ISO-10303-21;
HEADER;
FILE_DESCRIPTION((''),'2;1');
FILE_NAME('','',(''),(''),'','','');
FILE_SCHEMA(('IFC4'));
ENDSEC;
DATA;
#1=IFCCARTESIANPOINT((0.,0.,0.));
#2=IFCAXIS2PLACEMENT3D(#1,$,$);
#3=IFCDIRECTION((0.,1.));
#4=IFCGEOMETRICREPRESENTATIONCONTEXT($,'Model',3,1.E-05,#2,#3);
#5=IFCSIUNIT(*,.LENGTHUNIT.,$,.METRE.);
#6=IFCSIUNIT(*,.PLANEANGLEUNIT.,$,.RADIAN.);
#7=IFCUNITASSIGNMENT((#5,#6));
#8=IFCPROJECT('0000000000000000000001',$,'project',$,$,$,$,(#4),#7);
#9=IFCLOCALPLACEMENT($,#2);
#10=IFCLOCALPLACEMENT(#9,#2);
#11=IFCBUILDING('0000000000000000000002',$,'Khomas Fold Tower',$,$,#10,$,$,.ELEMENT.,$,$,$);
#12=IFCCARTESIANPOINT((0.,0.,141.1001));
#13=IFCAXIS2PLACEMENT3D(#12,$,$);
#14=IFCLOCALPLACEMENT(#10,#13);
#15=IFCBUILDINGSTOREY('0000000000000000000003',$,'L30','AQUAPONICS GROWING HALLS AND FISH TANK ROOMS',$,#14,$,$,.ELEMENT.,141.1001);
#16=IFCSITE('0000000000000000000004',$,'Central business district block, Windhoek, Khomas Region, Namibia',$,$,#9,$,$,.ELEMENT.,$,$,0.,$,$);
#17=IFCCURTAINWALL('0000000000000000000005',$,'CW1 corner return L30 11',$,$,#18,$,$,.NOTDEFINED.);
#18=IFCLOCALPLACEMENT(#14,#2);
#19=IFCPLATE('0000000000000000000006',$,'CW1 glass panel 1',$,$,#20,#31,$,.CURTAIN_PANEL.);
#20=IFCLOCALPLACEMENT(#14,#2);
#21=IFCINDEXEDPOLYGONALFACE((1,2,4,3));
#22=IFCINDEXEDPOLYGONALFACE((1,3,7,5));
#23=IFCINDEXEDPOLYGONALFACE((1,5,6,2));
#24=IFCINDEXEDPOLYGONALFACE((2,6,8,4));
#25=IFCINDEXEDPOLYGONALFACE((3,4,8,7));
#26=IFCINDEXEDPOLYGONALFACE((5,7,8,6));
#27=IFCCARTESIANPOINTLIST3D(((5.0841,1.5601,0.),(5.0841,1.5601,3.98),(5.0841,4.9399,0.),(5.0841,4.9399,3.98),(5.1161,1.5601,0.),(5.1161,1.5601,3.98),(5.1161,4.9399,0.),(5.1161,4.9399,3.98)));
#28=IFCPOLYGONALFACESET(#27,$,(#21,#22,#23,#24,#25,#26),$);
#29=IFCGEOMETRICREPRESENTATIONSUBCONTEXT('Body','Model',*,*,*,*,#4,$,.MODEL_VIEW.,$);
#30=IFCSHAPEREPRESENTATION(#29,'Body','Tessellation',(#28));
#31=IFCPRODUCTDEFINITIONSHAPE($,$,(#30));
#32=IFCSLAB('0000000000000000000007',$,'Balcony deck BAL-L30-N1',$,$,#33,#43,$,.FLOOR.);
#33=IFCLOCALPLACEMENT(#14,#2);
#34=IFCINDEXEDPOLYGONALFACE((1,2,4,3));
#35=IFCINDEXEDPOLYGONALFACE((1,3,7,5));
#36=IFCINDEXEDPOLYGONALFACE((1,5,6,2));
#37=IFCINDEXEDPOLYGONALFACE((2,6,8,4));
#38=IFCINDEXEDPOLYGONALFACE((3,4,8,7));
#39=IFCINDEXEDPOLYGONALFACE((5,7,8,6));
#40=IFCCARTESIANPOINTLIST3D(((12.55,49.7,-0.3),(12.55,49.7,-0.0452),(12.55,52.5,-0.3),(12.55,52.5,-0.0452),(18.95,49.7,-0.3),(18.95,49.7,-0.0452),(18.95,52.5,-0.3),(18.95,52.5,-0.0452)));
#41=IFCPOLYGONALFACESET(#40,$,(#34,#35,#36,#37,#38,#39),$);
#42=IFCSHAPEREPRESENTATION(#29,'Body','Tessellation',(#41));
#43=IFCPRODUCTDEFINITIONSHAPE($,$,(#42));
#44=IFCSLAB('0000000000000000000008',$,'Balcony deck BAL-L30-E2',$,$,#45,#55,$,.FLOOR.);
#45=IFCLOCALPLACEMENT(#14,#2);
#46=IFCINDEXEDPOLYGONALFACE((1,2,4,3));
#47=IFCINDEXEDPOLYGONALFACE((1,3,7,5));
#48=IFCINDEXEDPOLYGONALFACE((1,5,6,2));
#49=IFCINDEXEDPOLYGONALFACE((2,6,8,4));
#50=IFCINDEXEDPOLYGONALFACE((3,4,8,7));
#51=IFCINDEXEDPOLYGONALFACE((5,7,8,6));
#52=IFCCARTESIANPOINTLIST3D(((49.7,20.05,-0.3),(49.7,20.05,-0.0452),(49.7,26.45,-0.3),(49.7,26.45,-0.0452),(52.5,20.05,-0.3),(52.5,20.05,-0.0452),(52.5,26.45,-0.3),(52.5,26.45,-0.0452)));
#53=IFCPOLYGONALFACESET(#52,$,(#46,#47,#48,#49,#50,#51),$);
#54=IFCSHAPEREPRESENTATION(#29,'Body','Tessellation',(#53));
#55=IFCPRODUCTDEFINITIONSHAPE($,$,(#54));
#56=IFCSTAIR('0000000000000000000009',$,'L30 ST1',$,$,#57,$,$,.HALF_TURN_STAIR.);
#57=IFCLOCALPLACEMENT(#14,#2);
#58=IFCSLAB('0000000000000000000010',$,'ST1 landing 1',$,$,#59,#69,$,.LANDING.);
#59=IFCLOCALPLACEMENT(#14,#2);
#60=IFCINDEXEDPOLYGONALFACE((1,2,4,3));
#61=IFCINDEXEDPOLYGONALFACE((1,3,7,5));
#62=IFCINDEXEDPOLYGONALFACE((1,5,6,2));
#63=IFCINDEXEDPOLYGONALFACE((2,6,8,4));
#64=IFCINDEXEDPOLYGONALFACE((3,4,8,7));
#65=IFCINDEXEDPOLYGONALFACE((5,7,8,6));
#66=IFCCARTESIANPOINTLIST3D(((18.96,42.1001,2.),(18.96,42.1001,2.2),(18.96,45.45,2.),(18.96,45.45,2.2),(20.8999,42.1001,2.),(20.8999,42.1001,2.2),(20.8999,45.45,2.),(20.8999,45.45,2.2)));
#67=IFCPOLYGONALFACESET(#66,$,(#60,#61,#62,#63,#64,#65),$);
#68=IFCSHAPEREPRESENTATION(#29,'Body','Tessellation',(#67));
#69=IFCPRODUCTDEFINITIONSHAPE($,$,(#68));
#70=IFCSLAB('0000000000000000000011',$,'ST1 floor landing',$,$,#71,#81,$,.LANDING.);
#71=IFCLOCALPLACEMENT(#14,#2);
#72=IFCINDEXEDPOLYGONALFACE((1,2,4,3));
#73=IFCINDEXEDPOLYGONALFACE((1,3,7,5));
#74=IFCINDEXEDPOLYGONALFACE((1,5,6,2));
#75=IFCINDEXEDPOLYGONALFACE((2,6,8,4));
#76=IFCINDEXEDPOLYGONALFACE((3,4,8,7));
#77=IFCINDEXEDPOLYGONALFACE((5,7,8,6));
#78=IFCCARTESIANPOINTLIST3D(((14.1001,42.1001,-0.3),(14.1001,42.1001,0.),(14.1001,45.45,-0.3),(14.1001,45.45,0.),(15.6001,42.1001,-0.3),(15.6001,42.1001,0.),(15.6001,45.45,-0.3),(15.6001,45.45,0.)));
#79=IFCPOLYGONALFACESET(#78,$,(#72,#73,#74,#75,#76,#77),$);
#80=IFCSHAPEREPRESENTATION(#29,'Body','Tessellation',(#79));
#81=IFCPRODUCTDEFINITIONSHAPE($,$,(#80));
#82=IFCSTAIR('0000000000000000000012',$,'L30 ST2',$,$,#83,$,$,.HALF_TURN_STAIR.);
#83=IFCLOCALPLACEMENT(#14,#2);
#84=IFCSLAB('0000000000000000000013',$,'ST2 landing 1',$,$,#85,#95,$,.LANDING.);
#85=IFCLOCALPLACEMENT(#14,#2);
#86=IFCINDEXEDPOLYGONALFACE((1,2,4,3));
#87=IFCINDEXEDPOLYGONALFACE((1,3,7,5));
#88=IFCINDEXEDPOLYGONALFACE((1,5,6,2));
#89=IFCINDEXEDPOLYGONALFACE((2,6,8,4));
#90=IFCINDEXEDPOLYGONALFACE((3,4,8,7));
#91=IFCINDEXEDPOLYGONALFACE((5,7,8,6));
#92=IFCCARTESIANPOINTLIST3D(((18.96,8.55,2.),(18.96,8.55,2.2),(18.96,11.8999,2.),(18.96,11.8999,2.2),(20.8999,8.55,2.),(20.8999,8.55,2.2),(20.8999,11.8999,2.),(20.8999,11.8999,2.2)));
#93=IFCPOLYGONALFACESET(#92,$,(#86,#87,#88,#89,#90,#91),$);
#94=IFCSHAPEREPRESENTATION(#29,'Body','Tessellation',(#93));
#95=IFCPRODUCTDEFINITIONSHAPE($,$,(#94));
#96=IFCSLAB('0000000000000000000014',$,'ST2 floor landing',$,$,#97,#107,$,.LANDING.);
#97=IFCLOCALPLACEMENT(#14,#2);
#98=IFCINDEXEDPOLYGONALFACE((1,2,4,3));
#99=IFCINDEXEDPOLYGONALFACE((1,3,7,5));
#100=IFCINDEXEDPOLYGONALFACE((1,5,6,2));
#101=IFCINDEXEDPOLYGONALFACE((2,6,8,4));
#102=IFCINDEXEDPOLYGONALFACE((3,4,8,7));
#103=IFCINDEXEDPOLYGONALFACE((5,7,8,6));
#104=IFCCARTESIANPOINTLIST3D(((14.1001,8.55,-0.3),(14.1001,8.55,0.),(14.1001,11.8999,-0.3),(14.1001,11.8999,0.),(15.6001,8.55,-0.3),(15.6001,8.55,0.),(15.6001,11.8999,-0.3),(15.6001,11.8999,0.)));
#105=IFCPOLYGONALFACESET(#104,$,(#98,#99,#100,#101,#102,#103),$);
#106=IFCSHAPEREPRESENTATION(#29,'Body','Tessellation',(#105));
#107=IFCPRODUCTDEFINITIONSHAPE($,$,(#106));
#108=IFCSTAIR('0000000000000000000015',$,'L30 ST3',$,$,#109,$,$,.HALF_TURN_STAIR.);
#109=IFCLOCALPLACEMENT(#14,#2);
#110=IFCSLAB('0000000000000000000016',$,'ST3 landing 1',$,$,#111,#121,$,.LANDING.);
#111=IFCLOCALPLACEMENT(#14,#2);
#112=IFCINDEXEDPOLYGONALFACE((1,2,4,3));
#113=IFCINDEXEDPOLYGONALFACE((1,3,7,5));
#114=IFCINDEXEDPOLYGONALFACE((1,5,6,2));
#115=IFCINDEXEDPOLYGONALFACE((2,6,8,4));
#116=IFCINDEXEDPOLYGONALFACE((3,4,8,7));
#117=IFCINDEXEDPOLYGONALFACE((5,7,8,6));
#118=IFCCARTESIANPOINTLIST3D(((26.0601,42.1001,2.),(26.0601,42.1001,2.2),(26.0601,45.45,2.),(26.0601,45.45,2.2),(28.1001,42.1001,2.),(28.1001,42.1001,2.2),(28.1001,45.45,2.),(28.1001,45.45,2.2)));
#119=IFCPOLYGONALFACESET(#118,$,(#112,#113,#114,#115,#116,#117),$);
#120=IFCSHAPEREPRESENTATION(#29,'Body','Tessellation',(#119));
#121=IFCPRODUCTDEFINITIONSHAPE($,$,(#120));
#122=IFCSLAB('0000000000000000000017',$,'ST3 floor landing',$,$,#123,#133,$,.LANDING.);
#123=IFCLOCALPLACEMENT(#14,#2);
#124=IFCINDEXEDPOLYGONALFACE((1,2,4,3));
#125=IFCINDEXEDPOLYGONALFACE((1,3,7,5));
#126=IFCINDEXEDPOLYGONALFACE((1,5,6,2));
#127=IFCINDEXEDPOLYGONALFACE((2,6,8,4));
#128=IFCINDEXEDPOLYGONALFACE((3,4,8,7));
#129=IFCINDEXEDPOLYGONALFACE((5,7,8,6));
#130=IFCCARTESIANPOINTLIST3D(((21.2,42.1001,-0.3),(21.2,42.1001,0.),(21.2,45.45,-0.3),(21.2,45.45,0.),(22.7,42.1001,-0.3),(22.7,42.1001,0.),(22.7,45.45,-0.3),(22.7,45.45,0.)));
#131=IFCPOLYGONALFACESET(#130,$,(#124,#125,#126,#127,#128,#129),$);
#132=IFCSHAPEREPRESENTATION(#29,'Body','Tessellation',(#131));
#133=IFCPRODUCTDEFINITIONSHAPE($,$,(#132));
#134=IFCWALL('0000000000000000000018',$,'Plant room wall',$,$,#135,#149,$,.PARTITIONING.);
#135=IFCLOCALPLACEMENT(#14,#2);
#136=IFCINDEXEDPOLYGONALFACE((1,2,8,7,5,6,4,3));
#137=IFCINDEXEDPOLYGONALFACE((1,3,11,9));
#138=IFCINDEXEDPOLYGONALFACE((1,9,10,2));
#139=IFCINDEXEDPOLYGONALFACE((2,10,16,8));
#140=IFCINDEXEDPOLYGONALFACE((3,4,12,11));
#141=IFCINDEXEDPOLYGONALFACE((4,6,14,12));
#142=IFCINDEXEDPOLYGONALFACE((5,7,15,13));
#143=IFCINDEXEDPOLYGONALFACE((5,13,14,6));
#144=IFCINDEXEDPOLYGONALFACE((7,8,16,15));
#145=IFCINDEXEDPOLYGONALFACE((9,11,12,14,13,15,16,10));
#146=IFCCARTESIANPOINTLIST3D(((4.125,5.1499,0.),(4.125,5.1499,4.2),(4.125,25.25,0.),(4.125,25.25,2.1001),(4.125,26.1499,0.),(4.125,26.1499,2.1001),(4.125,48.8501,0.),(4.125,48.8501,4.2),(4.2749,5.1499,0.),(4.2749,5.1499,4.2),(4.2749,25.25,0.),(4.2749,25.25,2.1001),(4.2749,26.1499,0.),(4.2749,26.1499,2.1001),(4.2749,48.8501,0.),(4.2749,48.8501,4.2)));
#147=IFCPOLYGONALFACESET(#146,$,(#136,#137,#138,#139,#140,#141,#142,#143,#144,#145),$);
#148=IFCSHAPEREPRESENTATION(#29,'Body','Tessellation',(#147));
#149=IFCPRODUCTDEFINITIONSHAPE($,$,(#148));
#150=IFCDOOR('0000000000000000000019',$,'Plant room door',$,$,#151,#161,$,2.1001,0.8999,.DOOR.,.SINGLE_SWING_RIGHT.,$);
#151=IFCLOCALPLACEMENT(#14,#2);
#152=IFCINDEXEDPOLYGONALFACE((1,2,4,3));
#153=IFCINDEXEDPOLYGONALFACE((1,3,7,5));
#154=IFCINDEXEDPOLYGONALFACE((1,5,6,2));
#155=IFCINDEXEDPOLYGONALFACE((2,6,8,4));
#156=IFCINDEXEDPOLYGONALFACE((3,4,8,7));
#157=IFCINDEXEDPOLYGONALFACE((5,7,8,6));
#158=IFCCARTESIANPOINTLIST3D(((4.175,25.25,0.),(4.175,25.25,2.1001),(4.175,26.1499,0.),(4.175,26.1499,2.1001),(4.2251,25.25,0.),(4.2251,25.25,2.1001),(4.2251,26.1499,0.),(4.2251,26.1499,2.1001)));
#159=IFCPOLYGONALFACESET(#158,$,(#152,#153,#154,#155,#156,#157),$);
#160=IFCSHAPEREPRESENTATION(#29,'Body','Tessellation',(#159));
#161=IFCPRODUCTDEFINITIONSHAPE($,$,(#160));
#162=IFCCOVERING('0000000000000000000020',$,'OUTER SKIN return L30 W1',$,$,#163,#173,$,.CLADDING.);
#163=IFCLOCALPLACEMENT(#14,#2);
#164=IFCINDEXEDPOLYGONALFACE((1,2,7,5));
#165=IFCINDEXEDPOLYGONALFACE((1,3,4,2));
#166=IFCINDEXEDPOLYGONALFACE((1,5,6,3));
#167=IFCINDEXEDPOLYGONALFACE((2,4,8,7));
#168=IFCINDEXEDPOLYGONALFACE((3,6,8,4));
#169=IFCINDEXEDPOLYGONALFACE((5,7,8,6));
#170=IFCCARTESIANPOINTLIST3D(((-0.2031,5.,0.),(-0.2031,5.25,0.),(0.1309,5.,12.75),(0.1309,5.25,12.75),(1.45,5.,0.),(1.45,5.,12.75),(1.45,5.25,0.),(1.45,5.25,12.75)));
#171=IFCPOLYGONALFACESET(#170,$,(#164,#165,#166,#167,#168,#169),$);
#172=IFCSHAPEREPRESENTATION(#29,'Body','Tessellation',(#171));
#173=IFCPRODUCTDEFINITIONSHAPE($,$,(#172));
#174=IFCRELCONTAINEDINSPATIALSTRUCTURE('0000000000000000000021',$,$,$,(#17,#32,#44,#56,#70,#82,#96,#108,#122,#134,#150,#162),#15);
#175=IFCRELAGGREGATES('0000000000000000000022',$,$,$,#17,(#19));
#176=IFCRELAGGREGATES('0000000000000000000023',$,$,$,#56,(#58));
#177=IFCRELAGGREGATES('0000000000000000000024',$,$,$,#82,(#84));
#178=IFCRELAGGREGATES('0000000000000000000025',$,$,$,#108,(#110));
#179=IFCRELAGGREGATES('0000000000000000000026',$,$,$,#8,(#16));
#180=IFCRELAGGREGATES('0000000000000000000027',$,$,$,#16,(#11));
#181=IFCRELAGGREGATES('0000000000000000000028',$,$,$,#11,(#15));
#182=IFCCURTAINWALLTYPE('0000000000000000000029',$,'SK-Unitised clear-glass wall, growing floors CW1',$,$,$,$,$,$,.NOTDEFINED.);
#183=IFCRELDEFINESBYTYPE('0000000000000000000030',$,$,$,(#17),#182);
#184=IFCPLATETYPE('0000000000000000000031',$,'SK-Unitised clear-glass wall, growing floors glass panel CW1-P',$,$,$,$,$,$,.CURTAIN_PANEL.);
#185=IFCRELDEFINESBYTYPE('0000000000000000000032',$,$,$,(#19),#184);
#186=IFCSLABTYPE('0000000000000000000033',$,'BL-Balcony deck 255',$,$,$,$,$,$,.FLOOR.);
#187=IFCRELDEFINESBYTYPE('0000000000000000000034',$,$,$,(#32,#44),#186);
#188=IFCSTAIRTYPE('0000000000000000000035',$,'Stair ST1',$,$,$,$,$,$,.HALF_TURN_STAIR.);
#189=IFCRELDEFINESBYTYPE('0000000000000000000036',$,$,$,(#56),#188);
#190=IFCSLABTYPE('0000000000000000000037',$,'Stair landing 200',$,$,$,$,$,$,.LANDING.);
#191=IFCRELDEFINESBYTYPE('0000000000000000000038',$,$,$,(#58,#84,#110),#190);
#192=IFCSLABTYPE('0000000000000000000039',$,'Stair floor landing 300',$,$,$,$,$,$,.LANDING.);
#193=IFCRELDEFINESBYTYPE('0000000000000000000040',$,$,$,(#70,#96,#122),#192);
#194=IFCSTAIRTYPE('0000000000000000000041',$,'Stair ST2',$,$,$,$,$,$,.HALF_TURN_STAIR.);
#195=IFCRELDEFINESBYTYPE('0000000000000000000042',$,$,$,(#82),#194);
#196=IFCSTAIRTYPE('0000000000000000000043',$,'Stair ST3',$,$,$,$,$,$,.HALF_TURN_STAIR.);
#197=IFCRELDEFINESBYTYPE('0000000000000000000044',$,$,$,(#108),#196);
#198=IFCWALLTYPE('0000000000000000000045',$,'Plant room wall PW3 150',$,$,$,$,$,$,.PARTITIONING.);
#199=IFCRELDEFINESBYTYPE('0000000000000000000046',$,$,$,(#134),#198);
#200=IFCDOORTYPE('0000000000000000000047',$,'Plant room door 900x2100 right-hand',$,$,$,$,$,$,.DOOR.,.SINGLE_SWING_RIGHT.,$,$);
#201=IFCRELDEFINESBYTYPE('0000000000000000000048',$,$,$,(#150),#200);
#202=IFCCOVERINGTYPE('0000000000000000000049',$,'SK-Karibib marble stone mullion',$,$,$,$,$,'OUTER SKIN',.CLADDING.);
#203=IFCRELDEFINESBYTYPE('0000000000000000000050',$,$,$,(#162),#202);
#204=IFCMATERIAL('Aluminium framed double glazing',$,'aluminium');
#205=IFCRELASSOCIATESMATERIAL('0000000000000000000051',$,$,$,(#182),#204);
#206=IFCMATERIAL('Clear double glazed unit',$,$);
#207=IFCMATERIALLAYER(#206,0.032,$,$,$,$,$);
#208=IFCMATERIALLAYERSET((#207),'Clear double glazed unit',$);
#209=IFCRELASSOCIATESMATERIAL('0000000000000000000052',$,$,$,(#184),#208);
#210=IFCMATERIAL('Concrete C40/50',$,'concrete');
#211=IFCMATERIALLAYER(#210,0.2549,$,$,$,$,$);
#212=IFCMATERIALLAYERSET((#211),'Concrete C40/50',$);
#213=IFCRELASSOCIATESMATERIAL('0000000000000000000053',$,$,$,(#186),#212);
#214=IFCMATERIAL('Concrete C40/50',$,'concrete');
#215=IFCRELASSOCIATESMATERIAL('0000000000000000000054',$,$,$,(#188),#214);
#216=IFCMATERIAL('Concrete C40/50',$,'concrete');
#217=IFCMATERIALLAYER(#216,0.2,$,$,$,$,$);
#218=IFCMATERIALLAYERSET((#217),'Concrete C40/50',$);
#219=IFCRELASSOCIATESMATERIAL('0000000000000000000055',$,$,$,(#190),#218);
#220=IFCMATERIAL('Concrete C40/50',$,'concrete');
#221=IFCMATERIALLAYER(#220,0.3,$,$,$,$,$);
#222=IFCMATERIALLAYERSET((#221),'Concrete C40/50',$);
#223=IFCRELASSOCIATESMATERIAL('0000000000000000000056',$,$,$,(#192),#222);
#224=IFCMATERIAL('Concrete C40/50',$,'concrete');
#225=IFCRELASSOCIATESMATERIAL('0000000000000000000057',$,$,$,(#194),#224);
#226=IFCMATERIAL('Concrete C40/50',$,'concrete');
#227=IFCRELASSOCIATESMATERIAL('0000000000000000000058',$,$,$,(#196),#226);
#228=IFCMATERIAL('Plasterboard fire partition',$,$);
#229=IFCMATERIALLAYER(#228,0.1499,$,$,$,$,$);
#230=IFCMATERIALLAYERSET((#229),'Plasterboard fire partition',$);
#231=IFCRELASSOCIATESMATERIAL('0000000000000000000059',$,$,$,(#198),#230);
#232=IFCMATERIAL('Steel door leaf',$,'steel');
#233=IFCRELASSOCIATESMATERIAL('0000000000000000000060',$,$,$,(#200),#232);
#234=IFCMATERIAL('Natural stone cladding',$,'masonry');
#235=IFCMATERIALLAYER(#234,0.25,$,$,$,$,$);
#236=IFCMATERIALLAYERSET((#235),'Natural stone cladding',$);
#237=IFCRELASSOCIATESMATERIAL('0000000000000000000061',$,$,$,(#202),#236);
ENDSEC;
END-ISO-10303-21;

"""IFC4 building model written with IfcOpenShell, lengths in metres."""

from ifc_helpers import new_model, si_unit, direction, frame, frame_2d, origin, origin_2d, place, context, subcontext, project, spatial, polyline, rectangle, outline, extrude, source, transform, mapped, material, layer, layer_set, type_object, element, fill, aggregate, save


model = new_model("IFC4")

# Units and contexts
model_context = context("Model", 3, precision=1e-05, world=origin(), true_north=direction((0.0, 1.0)))
body_context = subcontext(model_context, "Body", "Model", "MODEL_VIEW")
ifc_project = project(units=[si_unit("LENGTHUNIT", "METRE"), si_unit("PLANEANGLEUNIT", "RADIAN")], contexts=[model_context])

# Site, building, storey
site_placement = place(None, origin())
site = spatial("IfcSite", under=ifc_project, at=site_placement, Name="Central business district block, Windhoek, Khomas Region, Namibia", CompositionType="ELEMENT", RefElevation=0.0)
building_placement = place(site_placement, origin())
building = spatial("IfcBuilding", under=site, at=building_placement, Name="Khomas Fold Tower", CompositionType="ELEMENT")
storey_placement = place(building_placement, frame((0.0, 0.0, 141.1001)))
storey = spatial("IfcBuildingStorey", under=building, at=storey_placement, Name="L30", Description="AQUAPONICS GROWING HALLS AND FISH TANK ROOMS", CompositionType="ELEMENT", Elevation=141.1001)

# Curtain wall
ifc_material_1 = material(Name="Aluminium framed double glazing", Category="aluminium")
curtain_wall_type = type_object("IfcCurtainWallType", Name="SK-Unitised clear-glass wall, growing floors CW1", PredefinedType="NOTDEFINED", material=ifc_material_1)
curtain_wall_1_placement = place(storey_placement, origin())
curtain_wall_1 = element("IfcCurtainWall", 1, at=curtain_wall_1_placement, inside=storey, type_object=curtain_wall_type, Name="CW1 corner return L30 11", PredefinedType="NOTDEFINED")

# Plate
ifc_material_2 = material(Name="Clear double glazed unit")
ifc_layer_1 = layer(ifc_material_2, 0.032)
ifc_layer_set_1 = layer_set([ifc_layer_1], Name="Clear double glazed unit")
plate_type_1 = type_object("IfcPlateType", Name="SK-Unitised clear-glass wall, growing floors glass panel CW1-P", PredefinedType="CURTAIN_PANEL", material=ifc_layer_set_1)
shared_shape_1 = source(origin(), body_context, "Body", "SweptSolid", [
    extrude(rectangle(XDim=3.3799, YDim=0.032, at=origin_2d()), origin(), (0.0, 0.0, 1.0), 3.98),
])
plate_1_placement = place(storey_placement, frame((5.1001, 3.25, 0.0), z_axis=(0.0, 0.0, 1.0), x_axis=(0.0, -1.0, 0.0)))
plate_1 = element("IfcPlate", 2, at=plate_1_placement, type_object=plate_type_1, Name="CW1 glass panel 1", PredefinedType="CURTAIN_PANEL", context=body_context, shape_type="MappedRepresentation", body=[
    mapped(shared_shape_1, transform((0.0, 0.0, 0.0))),
])
aggregate(curtain_wall_1, [plate_1])

# Slabs
ifc_material_3 = material(Name="Concrete C40/50", Category="concrete")
ifc_layer_2 = layer(ifc_material_3, 0.2549)
ifc_layer_set_2 = layer_set([ifc_layer_2], Name="Concrete C40/50")
slab_type_1 = type_object("IfcSlabType", Name="BL-Balcony deck 255", PredefinedType="FLOOR", material=ifc_layer_set_2)
shared_shape_2 = source(origin(), body_context, "Body", "SweptSolid", [
    extrude(outline(polyline([(12.55, 49.7), (18.95, 49.7), (18.95, 52.5), (12.55, 52.5), (12.55, 49.7)])), origin(), (0.0, 0.0, 1.0), 0.2549),
])
slab_1_placement = place(storey_placement, frame((0.0, 0.0, -0.3)))
element("IfcSlab", 3, at=slab_1_placement, inside=storey, type_object=slab_type_1, Name="Balcony deck BAL-L30-N1", PredefinedType="FLOOR", context=body_context, shape_type="MappedRepresentation", body=[
    mapped(shared_shape_2, transform((0.0, 0.0, 0.0))),
])
shared_shape_3 = source(origin(), body_context, "Body", "SweptSolid", [
    extrude(outline(polyline([(49.7, 20.05), (52.5, 20.05), (52.5, 26.45), (49.7, 26.45), (49.7, 20.05)])), origin(), (0.0, 0.0, 1.0), 0.2549),
])
slab_2_placement = place(storey_placement, frame((0.0, 0.0, -0.3)))
element("IfcSlab", 4, at=slab_2_placement, inside=storey, type_object=slab_type_1, Name="Balcony deck BAL-L30-E2", PredefinedType="FLOOR", context=body_context, shape_type="MappedRepresentation", body=[
    mapped(shared_shape_3, transform((0.0, 0.0, 0.0))),
])

# Stair, slab
ifc_material_4 = material(Name="Concrete C40/50", Category="concrete")
stair_type_1 = type_object("IfcStairType", Name="Stair ST1", PredefinedType="HALF_TURN_STAIR", material=ifc_material_4)
stair_1_placement = place(storey_placement, origin())
stair_1 = element("IfcStair", 5, at=stair_1_placement, inside=storey, type_object=stair_type_1, Name="L30 ST1", PredefinedType="HALF_TURN_STAIR")
ifc_material_5 = material(Name="Concrete C40/50", Category="concrete")
ifc_layer_3 = layer(ifc_material_5, 0.2)
ifc_layer_set_3 = layer_set([ifc_layer_3], Name="Concrete C40/50")
slab_type_2 = type_object("IfcSlabType", Name="Stair landing 200", PredefinedType="LANDING", material=ifc_layer_set_3)
shared_shape_4 = source(origin(), body_context, "Body", "SweptSolid", [
    extrude(outline(polyline([(18.96, 42.1001), (20.8999, 42.1001), (20.8999, 45.45), (18.96, 45.45), (18.96, 42.1001)])), origin(), (0.0, 0.0, 1.0), 0.2),
])
slab_3_placement = place(storey_placement, frame((0.0, 0.0, 2.0)))
slab_3 = element("IfcSlab", 6, at=slab_3_placement, type_object=slab_type_2, Name="ST1 landing 1", PredefinedType="LANDING", context=body_context, shape_type="MappedRepresentation", body=[
    mapped(shared_shape_4, transform((0.0, 0.0, 0.0))),
])
aggregate(stair_1, [slab_3])

# Slab
ifc_material_6 = material(Name="Concrete C40/50", Category="concrete")
ifc_layer_4 = layer(ifc_material_6, 0.3)
ifc_layer_set_4 = layer_set([ifc_layer_4], Name="Concrete C40/50")
slab_type_3 = type_object("IfcSlabType", Name="Stair floor landing 300", PredefinedType="LANDING", material=ifc_layer_set_4)
shared_shape_5 = source(origin(), body_context, "Body", "SweptSolid", [
    extrude(outline(polyline([(15.6001, 42.1001), (14.1001, 42.1001), (14.1001, 45.45), (15.6001, 45.45), (15.6001, 42.1001)])), origin(), (0.0, 0.0, 1.0), 0.3),
])
slab_4_placement = place(storey_placement, frame((0.0, 0.0, -0.3)))
element("IfcSlab", 7, at=slab_4_placement, inside=storey, type_object=slab_type_3, Name="ST1 floor landing", PredefinedType="LANDING", context=body_context, shape_type="MappedRepresentation", body=[
    mapped(shared_shape_5, transform((0.0, 0.0, 0.0))),
])

# Stair, slab
ifc_material_7 = material(Name="Concrete C40/50", Category="concrete")
stair_type_2 = type_object("IfcStairType", Name="Stair ST2", PredefinedType="HALF_TURN_STAIR", material=ifc_material_7)
stair_2_placement = place(storey_placement, origin())
stair_2 = element("IfcStair", 8, at=stair_2_placement, inside=storey, type_object=stair_type_2, Name="L30 ST2", PredefinedType="HALF_TURN_STAIR")
shared_shape_6 = source(origin(), body_context, "Body", "SweptSolid", [
    extrude(outline(polyline([(18.96, 8.55), (20.8999, 8.55), (20.8999, 11.8999), (18.96, 11.8999), (18.96, 8.55)])), origin(), (0.0, 0.0, 1.0), 0.2),
])
slab_5_placement = place(storey_placement, frame((0.0, 0.0, 2.0)))
slab_5 = element("IfcSlab", 9, at=slab_5_placement, type_object=slab_type_2, Name="ST2 landing 1", PredefinedType="LANDING", context=body_context, shape_type="MappedRepresentation", body=[
    mapped(shared_shape_6, transform((0.0, 0.0, 0.0))),
])
aggregate(stair_2, [slab_5])

# Slab
shared_shape_7 = source(origin(), body_context, "Body", "SweptSolid", [
    extrude(outline(polyline([(15.6001, 8.55), (14.1001, 8.55), (14.1001, 11.8999), (15.6001, 11.8999), (15.6001, 8.55)])), origin(), (0.0, 0.0, 1.0), 0.3),
])
slab_6_placement = place(storey_placement, frame((0.0, 0.0, -0.3)))
element("IfcSlab", 10, at=slab_6_placement, inside=storey, type_object=slab_type_3, Name="ST2 floor landing", PredefinedType="LANDING", context=body_context, shape_type="MappedRepresentation", body=[
    mapped(shared_shape_7, transform((0.0, 0.0, 0.0))),
])

# Stair, slab
ifc_material_8 = material(Name="Concrete C40/50", Category="concrete")
stair_type_3 = type_object("IfcStairType", Name="Stair ST3", PredefinedType="HALF_TURN_STAIR", material=ifc_material_8)
stair_3_placement = place(storey_placement, origin())
stair_3 = element("IfcStair", 11, at=stair_3_placement, inside=storey, type_object=stair_type_3, Name="L30 ST3", PredefinedType="HALF_TURN_STAIR")
shared_shape_8 = source(origin(), body_context, "Body", "SweptSolid", [
    extrude(outline(polyline([(26.0601, 42.1001), (28.1001, 42.1001), (28.1001, 45.45), (26.0601, 45.45), (26.0601, 42.1001)])), origin(), (0.0, 0.0, 1.0), 0.2),
])
slab_7_placement = place(storey_placement, frame((0.0, 0.0, 2.0)))
slab_7 = element("IfcSlab", 12, at=slab_7_placement, type_object=slab_type_2, Name="ST3 landing 1", PredefinedType="LANDING", context=body_context, shape_type="MappedRepresentation", body=[
    mapped(shared_shape_8, transform((0.0, 0.0, 0.0))),
])
aggregate(stair_3, [slab_7])

# Slab
shared_shape_9 = source(origin(), body_context, "Body", "SweptSolid", [
    extrude(outline(polyline([(22.7, 42.1001), (21.2, 42.1001), (21.2, 45.45), (22.7, 45.45), (22.7, 42.1001)])), origin(), (0.0, 0.0, 1.0), 0.3),
])
slab_8_placement = place(storey_placement, frame((0.0, 0.0, -0.3)))
element("IfcSlab", 13, at=slab_8_placement, inside=storey, type_object=slab_type_3, Name="ST3 floor landing", PredefinedType="LANDING", context=body_context, shape_type="MappedRepresentation", body=[
    mapped(shared_shape_9, transform((0.0, 0.0, 0.0))),
])

# Wall, opening, door
ifc_material_9 = material(Name="Plasterboard fire partition")
ifc_layer_5 = layer(ifc_material_9, 0.1499)
ifc_layer_set_5 = layer_set([ifc_layer_5], Name="Plasterboard fire partition")
wall_type = type_object("IfcWallType", Name="Plant room wall PW3 150", PredefinedType="PARTITIONING", material=ifc_layer_set_5)
shared_shape_10 = source(origin(), body_context, "Body", "SweptSolid", [
    extrude(rectangle(XDim=43.7002, YDim=0.1499, at=frame_2d((21.8501, 0.0))), origin(), (0.0, 0.0, 1.0), 4.2),
])
wall_placement = place(storey_placement, frame((4.2, 5.1499, 0.0), z_axis=(0.0, 0.0, 1.0), x_axis=(0.0, 1.0, 0.0)))
wall = element("IfcWall", 14, at=wall_placement, inside=storey, type_object=wall_type, Name="Plant room wall", PredefinedType="PARTITIONING", context=body_context, shape_type="MappedRepresentation", body=[
    mapped(shared_shape_10, transform((0.0, 0.0, 0.0))),
])
shared_shape_11 = source(origin(), body_context, "Body", "SweptSolid", [
    extrude(rectangle(XDim=0.8999, YDim=2.1001, at=frame_2d((0.45, 1.05))), frame((0.0, 0.085, 0.0), z_axis=(0.0, -1.0, 0.0), x_axis=(1.0, 0.0, 0.0)), (0.0, 0.0, 1.0), 0.1699),
])
opening_placement = place(wall_placement, frame((20.1001, 0.0, 0.0)))
opening = element("IfcOpeningElement", 15, at=opening_placement, cuts=wall, PredefinedType="OPENING", context=body_context, shape_type="MappedRepresentation", body=[
    mapped(shared_shape_11, transform((0.0, 0.0, 0.0))),
])
ifc_material_10 = material(Name="Steel door leaf", Category="steel")
door_type = type_object("IfcDoorType", Name="Plant room door 900x2100 right-hand", OperationType="SINGLE_SWING_RIGHT", PredefinedType="DOOR", material=ifc_material_10)
shared_shape_12 = source(origin(), body_context, "Body", "SweptSolid", [
    extrude(rectangle(XDim=0.8999, YDim=2.1001, at=frame_2d((0.45, 1.05))), frame((0.0, 0.0249, 0.0), z_axis=(0.0, -1.0, 0.0), x_axis=(1.0, 0.0, 0.0)), (0.0, 0.0, 1.0), 0.05),
])
door_placement = place(opening_placement, origin())
door = element("IfcDoor", 16, at=door_placement, inside=storey, type_object=door_type, Name="Plant room door", OperationType="SINGLE_SWING_RIGHT", OverallHeight=2.1001, OverallWidth=0.8999, PredefinedType="DOOR", context=body_context, shape_type="MappedRepresentation", body=[
    mapped(shared_shape_12, transform((0.0, 0.0, 0.0))),
])
fill(opening, door)

# Covering
ifc_material_11 = material(Name="Natural stone cladding", Category="masonry")
ifc_layer_6 = layer(ifc_material_11, 0.25)
ifc_layer_set_6 = layer_set([ifc_layer_6], Name="Natural stone cladding")
covering_type = type_object("IfcCoveringType", Name="SK-Karibib marble stone mullion", ElementType="OUTER SKIN", PredefinedType="CLADDING", material=ifc_layer_set_6)
covering_placement = place(storey_placement, frame((1.45, 5.0, 12.75), z_axis=(0.0, -1.0, 0.0), x_axis=(-1.0, 0.0, 0.0)))
element("IfcCovering", 17, at=covering_placement, inside=storey, type_object=covering_type, Name="OUTER SKIN return L30 W1", PredefinedType="CLADDING", context=body_context, shape_type="SweptSolid", body=[
    extrude(outline(polyline([(0.0, 0.0), (1.3191, 0.0), (1.6531, 12.75), (0.0, 12.75), (0.0, 0.0)])), origin(), (0.0, 0.0, -1.0), 0.25),
])

save(model, "model.ifc")
